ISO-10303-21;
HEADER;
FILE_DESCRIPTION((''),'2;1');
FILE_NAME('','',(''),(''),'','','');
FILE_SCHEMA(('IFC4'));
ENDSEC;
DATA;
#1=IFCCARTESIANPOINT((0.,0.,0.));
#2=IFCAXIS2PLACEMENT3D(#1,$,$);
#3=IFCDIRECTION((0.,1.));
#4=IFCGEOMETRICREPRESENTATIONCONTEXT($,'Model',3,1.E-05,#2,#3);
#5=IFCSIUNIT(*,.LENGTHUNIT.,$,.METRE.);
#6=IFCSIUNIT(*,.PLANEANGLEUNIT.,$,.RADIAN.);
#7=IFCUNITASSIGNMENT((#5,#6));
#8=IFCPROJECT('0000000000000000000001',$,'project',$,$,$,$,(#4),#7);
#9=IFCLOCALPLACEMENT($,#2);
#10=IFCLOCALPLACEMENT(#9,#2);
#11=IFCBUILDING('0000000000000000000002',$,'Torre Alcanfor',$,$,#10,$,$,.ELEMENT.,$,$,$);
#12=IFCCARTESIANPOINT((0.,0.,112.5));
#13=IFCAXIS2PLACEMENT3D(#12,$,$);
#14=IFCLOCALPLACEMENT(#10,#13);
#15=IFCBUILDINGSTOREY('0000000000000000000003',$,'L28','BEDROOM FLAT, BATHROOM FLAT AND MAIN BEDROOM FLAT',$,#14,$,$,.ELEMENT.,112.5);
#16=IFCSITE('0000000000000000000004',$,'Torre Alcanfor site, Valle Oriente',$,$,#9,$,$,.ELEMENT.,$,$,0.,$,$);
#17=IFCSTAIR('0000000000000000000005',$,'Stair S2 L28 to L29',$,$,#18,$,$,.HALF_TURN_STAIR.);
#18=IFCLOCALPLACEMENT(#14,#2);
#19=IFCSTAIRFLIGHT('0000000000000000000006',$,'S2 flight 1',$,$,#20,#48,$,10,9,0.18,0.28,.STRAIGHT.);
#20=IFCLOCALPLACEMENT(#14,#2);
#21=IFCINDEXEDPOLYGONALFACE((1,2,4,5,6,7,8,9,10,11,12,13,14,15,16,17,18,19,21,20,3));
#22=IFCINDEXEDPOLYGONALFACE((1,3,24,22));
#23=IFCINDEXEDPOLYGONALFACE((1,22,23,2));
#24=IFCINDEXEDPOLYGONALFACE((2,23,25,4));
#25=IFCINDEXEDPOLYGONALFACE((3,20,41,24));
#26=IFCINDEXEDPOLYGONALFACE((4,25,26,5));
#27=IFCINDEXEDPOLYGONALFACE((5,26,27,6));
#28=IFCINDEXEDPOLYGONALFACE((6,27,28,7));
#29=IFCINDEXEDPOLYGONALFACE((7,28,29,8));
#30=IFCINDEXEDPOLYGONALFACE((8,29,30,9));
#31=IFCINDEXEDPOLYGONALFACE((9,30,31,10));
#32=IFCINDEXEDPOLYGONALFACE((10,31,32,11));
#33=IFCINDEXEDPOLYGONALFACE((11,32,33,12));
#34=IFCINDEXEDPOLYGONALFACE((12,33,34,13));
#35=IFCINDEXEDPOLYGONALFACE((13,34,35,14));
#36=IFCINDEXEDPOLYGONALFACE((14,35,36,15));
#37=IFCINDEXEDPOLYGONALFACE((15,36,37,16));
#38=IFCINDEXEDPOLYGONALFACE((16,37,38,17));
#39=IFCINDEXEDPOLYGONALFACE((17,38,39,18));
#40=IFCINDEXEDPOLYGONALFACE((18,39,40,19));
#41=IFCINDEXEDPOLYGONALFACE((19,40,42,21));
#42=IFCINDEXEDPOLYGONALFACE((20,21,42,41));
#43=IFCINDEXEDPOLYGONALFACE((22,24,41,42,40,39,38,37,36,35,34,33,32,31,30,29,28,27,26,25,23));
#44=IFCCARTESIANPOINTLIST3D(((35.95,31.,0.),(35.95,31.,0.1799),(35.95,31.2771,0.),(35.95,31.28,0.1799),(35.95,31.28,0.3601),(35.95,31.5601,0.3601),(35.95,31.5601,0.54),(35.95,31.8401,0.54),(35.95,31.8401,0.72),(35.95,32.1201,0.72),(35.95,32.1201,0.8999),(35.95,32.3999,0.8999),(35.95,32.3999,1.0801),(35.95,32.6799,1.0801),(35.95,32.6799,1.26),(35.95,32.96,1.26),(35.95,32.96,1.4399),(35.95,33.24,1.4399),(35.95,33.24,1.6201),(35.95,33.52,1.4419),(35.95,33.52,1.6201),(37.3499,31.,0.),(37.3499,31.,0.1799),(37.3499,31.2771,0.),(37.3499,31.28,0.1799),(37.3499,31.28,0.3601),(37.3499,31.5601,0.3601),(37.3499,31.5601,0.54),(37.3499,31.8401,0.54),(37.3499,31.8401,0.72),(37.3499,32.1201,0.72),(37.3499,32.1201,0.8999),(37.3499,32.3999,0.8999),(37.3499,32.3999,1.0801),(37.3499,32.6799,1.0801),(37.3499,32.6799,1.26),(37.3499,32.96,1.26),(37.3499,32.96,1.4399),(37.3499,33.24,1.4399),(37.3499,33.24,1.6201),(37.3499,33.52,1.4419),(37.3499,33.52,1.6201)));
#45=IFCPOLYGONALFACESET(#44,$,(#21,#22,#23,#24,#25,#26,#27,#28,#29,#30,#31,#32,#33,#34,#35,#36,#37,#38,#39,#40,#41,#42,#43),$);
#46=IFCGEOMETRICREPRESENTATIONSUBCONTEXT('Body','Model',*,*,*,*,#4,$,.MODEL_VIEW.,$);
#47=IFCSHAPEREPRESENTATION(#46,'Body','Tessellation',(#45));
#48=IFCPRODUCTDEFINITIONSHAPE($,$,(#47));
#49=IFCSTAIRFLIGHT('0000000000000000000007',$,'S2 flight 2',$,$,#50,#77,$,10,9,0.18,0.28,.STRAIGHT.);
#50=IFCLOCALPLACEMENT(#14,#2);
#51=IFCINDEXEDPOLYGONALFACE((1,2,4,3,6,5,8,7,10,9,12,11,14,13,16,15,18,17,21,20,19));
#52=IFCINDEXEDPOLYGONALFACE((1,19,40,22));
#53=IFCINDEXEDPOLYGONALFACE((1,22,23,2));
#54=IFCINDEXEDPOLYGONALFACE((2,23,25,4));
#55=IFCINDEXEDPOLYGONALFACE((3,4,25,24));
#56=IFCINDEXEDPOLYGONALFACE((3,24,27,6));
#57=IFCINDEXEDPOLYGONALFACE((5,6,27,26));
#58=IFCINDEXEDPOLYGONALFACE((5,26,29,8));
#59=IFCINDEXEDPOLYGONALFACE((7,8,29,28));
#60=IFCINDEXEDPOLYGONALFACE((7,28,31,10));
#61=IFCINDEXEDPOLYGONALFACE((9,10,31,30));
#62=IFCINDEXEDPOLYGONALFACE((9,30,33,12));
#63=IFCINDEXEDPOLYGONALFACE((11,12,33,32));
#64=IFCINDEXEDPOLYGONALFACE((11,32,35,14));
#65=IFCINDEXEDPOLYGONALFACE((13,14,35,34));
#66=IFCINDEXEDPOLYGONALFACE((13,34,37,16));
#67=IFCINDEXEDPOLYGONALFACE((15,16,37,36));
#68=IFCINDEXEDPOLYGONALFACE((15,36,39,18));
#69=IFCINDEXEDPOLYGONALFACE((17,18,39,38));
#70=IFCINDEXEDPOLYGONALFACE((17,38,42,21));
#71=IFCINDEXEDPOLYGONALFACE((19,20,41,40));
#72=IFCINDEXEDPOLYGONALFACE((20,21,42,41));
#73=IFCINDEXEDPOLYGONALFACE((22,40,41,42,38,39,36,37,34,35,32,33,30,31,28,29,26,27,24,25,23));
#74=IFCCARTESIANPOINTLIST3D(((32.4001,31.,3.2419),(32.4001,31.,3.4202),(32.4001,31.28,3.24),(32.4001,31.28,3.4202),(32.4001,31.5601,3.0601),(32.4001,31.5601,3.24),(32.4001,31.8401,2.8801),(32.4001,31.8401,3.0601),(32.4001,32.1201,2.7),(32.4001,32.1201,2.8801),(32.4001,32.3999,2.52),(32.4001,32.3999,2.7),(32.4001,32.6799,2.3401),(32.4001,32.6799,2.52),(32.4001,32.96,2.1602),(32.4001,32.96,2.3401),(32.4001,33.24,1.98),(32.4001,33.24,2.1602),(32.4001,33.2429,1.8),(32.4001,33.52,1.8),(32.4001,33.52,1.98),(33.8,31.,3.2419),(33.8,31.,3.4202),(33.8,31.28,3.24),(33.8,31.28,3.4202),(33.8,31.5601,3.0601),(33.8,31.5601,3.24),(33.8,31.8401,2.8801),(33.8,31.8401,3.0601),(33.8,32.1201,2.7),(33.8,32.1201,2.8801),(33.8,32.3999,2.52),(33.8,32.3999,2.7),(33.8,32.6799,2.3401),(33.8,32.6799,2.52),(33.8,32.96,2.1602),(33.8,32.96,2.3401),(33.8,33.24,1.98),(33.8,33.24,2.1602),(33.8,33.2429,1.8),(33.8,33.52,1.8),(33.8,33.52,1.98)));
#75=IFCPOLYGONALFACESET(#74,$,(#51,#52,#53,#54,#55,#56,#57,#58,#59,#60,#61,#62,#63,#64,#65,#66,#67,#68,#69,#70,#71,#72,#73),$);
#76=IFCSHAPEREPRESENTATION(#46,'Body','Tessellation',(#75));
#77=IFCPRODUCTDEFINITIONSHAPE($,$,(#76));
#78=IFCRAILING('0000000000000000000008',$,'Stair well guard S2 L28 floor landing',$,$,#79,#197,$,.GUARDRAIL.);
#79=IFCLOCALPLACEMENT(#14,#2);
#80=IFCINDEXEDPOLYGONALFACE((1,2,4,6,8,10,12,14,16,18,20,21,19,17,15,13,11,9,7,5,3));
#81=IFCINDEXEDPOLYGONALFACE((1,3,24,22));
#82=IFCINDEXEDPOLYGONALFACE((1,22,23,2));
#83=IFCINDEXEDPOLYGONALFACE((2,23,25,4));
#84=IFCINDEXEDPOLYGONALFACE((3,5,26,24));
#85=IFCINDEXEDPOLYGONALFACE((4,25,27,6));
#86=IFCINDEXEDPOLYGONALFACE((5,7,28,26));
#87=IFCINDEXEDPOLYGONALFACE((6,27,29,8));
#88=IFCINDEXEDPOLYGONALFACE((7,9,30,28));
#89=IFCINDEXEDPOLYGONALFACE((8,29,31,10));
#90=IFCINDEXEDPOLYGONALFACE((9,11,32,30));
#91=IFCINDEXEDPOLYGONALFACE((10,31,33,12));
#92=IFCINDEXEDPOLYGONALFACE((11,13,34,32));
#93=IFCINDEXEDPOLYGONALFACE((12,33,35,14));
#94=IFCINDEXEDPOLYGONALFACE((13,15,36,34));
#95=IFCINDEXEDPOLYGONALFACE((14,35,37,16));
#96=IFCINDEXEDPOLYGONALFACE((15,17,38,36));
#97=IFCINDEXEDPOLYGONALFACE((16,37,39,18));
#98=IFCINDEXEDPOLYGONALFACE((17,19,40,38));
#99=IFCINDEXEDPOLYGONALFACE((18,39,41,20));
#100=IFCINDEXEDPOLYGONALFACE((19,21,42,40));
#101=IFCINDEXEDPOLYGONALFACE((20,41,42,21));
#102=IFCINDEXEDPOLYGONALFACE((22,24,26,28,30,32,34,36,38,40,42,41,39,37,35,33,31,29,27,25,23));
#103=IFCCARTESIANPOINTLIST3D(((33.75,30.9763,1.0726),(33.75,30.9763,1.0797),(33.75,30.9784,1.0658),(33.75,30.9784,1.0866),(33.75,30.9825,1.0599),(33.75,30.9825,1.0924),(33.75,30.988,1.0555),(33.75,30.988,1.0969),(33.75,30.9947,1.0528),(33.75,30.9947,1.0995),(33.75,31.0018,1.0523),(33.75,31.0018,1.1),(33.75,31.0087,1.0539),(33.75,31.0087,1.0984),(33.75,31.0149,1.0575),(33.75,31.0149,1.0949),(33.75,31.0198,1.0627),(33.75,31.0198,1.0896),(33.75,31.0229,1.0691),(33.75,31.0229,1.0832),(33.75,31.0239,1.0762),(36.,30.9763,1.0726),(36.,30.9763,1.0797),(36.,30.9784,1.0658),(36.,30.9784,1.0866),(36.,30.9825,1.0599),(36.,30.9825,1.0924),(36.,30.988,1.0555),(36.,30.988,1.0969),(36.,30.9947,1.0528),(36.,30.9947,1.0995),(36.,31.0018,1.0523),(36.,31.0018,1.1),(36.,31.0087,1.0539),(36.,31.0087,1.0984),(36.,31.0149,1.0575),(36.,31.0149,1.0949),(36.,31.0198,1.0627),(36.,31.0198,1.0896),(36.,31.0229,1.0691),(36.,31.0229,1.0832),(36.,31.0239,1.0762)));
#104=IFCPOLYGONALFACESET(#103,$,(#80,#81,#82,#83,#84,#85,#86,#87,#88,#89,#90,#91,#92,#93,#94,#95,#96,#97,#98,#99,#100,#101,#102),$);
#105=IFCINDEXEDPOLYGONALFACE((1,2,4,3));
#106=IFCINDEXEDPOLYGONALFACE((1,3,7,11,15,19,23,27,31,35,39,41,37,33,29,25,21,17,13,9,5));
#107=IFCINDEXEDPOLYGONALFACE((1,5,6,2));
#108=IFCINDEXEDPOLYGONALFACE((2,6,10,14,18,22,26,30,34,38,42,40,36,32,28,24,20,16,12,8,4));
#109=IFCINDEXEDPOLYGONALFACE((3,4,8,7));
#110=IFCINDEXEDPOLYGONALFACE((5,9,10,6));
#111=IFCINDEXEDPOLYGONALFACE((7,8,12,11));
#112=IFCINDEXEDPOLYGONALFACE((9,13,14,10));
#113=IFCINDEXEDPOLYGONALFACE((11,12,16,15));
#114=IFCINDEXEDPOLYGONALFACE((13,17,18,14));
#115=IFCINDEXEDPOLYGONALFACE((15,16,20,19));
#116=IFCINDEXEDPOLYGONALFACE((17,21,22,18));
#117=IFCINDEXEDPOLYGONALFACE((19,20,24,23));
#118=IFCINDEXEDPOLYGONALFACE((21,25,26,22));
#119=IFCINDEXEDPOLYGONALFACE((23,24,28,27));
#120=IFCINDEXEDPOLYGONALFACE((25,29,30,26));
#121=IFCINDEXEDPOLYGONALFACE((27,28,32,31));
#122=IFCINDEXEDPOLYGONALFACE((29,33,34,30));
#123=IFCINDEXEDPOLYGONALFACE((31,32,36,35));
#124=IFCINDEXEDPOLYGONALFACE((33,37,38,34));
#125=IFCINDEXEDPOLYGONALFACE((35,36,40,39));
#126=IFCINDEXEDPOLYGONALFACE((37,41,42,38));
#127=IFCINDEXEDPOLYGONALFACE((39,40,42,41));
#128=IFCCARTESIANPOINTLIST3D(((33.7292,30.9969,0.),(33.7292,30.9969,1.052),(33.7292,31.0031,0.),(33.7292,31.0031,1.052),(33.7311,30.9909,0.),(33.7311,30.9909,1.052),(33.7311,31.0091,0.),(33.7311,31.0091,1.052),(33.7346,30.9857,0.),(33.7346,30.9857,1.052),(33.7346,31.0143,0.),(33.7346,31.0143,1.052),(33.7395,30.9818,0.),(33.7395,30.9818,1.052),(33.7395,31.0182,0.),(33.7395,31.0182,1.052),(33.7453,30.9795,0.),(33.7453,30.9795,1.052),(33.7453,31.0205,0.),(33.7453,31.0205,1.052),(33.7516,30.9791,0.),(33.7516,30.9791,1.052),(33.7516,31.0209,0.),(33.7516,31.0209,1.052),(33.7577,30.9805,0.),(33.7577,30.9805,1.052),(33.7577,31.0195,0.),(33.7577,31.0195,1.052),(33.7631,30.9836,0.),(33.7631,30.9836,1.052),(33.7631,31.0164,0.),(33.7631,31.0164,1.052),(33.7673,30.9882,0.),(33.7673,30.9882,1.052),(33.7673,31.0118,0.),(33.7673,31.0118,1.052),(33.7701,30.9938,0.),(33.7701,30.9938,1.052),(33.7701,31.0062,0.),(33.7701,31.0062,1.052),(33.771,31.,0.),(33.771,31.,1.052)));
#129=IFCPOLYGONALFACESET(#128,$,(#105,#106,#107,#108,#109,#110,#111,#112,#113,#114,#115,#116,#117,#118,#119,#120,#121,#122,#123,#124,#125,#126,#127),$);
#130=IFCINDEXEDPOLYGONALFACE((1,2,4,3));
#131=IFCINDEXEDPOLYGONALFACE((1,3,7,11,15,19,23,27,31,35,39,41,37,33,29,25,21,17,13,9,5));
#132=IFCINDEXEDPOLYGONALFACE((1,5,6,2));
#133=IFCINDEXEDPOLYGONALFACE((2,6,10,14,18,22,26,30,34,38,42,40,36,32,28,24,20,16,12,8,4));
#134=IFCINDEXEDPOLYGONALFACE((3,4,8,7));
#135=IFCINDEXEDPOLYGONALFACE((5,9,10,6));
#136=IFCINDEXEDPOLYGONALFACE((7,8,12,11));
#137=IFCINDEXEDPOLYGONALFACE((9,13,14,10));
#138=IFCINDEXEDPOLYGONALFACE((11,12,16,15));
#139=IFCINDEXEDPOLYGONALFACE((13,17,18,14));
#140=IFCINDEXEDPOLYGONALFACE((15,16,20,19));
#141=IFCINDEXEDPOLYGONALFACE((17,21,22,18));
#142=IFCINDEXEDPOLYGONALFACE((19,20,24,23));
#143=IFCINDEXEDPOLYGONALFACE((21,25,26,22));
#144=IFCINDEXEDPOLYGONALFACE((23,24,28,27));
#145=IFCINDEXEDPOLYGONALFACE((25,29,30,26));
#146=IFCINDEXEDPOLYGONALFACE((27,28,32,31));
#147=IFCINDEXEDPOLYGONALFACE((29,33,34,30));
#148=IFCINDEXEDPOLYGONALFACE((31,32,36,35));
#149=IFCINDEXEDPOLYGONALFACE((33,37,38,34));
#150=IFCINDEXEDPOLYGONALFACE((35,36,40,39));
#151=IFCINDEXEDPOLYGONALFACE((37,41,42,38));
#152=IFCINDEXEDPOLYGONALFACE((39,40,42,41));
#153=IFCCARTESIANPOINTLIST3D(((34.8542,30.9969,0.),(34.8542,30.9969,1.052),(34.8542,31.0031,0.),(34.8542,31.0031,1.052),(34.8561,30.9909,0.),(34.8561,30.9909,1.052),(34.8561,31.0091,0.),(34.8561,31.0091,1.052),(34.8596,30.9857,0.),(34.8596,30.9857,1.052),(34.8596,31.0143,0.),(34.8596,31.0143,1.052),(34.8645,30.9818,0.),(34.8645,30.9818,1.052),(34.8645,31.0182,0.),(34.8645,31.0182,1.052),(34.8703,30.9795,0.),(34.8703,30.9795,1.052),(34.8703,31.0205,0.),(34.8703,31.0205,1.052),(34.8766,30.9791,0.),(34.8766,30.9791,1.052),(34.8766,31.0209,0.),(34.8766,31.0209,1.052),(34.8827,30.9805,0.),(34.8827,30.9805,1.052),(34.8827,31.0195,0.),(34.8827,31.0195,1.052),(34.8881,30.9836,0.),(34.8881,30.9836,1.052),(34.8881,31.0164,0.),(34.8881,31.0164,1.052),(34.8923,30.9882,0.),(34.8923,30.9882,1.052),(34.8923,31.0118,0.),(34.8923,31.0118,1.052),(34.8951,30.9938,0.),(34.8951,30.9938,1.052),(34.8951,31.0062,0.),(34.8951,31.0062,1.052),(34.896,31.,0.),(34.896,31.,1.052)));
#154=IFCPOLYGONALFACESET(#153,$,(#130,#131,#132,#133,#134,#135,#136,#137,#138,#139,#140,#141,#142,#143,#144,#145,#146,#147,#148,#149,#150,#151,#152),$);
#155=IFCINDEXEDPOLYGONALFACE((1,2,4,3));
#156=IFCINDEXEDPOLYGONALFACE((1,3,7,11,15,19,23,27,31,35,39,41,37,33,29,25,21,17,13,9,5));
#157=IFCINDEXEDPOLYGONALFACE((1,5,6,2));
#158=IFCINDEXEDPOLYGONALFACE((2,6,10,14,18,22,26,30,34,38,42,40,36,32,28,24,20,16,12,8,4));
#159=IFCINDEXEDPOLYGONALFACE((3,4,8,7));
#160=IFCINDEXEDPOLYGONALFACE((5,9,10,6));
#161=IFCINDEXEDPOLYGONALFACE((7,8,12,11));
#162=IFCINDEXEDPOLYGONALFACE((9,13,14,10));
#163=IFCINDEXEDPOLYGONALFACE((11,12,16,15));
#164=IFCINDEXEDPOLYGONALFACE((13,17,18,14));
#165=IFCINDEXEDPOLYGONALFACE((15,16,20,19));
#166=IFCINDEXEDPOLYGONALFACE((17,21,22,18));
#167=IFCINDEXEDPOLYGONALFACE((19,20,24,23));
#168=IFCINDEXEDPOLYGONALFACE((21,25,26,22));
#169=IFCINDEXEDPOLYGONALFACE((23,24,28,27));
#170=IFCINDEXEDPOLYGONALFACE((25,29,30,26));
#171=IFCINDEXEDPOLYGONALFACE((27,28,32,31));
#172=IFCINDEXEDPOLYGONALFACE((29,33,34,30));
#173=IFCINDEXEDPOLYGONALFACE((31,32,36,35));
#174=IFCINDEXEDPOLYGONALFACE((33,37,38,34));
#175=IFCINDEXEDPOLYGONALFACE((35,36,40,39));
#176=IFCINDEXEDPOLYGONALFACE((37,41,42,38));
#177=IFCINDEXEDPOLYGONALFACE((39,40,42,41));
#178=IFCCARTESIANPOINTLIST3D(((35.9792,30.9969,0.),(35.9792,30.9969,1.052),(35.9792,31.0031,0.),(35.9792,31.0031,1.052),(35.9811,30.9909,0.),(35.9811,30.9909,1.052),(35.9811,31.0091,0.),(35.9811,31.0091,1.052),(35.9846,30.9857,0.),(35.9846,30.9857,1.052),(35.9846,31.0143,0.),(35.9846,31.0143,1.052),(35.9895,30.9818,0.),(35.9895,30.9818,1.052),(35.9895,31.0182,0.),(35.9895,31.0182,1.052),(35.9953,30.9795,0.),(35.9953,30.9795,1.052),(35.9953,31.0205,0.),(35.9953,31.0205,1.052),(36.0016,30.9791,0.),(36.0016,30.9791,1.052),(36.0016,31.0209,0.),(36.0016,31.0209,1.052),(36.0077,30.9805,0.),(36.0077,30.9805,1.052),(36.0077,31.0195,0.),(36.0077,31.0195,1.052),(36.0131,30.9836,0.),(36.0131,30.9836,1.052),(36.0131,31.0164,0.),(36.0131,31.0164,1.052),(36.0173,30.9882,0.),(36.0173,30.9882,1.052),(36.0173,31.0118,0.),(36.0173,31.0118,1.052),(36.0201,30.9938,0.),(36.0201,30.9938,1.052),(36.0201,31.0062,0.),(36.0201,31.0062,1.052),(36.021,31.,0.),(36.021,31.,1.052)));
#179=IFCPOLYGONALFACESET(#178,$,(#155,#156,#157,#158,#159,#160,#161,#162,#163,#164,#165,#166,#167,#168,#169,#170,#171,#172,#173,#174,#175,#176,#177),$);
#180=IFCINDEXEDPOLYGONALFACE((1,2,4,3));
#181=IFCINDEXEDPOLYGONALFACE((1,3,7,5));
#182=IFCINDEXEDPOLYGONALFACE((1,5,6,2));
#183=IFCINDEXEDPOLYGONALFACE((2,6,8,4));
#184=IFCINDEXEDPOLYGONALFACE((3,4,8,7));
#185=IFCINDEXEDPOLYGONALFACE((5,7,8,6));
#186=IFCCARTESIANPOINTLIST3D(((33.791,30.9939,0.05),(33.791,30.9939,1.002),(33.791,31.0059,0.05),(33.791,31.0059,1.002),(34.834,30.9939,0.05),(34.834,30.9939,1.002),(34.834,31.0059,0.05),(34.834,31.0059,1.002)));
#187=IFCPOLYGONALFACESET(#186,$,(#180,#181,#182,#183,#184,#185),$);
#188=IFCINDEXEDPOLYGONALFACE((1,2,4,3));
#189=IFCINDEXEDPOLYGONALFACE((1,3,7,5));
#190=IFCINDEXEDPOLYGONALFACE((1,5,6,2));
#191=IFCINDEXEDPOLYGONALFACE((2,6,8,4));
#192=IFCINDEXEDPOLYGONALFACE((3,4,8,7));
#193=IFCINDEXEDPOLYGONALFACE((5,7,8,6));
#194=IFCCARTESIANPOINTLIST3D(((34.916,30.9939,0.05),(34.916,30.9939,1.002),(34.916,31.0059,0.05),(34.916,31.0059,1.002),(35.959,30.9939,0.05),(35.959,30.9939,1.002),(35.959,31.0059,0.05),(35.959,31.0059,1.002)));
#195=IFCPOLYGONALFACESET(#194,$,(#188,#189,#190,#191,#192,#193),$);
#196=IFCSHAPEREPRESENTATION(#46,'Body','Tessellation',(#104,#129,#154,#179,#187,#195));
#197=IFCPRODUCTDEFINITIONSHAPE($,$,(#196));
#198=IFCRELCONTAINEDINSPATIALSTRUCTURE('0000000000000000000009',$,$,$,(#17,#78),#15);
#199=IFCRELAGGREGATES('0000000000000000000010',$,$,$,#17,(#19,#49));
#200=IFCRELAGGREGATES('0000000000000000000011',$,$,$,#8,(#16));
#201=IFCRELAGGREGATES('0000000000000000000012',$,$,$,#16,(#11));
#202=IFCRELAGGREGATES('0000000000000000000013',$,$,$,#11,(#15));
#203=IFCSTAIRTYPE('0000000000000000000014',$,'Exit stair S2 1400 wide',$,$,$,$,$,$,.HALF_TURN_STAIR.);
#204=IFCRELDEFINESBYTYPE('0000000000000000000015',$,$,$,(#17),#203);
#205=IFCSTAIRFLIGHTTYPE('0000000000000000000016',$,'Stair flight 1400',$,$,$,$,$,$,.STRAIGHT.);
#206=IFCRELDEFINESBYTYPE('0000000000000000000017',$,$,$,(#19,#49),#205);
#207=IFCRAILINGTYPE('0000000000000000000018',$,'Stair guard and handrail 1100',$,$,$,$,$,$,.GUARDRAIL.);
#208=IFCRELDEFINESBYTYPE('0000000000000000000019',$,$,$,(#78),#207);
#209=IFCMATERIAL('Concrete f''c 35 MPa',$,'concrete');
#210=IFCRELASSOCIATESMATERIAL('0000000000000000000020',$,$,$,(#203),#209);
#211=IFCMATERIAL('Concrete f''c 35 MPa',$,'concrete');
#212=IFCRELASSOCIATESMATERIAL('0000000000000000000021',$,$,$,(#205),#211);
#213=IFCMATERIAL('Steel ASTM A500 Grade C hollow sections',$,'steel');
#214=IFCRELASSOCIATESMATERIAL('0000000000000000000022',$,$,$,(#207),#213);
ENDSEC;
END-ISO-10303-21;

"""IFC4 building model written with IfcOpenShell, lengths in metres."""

from ifc_helpers import new_model, si_unit, direction, frame, origin, origin_2d, place, context, subcontext, project, spatial, polyline, circle, outline, extrude, material, type_object, element, aggregate, save


model = new_model("IFC4")

# Units and contexts
model_context = context("Model", 3, precision=1e-05, world=origin(), true_north=direction((0.0, 1.0)))
body_context = subcontext(model_context, "Body", "Model", "MODEL_VIEW")
ifc_project = project(units=[si_unit("LENGTHUNIT", "METRE"), si_unit("PLANEANGLEUNIT", "RADIAN")], contexts=[model_context])

# Site, building, storey
site_placement = place(None, origin())
site = spatial("IfcSite", under=ifc_project, at=site_placement, Name="Torre Alcanfor site, Valle Oriente", CompositionType="ELEMENT", RefElevation=0.0)
building_placement = place(site_placement, origin())
building = spatial("IfcBuilding", under=site, at=building_placement, Name="Torre Alcanfor", CompositionType="ELEMENT")
storey_placement = place(building_placement, frame((0.0, 0.0, 112.5)))
storey = spatial("IfcBuildingStorey", under=building, at=storey_placement, Name="L28", Description="BEDROOM FLAT, BATHROOM FLAT AND MAIN BEDROOM FLAT", CompositionType="ELEMENT", Elevation=112.5)

# Stair, stair flights
ifc_material_1 = material(Name="Concrete f'c 35 MPa", Category="concrete")
stair_type = type_object("IfcStairType", Name="Exit stair S2 1400 wide", PredefinedType="HALF_TURN_STAIR", material=ifc_material_1)
stair_placement = place(storey_placement, origin())
stair = element("IfcStair", 1, at=stair_placement, inside=storey, type_object=stair_type, Name="Stair S2 L28 to L29", PredefinedType="HALF_TURN_STAIR")
ifc_material_2 = material(Name="Concrete f'c 35 MPa", Category="concrete")
stair_flight_type = type_object("IfcStairFlightType", Name="Stair flight 1400", PredefinedType="STRAIGHT", material=ifc_material_2)
stair_flight_1_placement = place(storey_placement, frame((36.6499, 31.0, 0.0), z_axis=(0.0, 0.0, 1.0), x_axis=(0.0, 1.0, 0.0)))
stair_flight_1 = element("IfcStairFlight", 2, at=stair_flight_1_placement, type_object=stair_flight_type, Name="S2 flight 1", NumberOfRisers=10, NumberOfTreads=9, PredefinedType="STRAIGHT", RiserHeight=0.18, TreadLength=0.28, context=body_context, shape_type="SweptSolid", body=[
    extrude(outline(polyline([(0.0, 0.0), (0.0, 0.1799), (0.28, 0.1799), (0.28, 0.3601), (0.5601, 0.3601), (0.5601, 0.54), (0.8401, 0.54), (0.8401, 0.72), (1.1201, 0.72), (1.1201, 0.8999), (1.3999, 0.8999), (1.3999, 1.0801), (1.6799, 1.0801), (1.6799, 1.26), (1.96, 1.26), (1.96, 1.4399), (2.24, 1.4399), (2.24, 1.6201), (2.52, 1.6201), (2.52, 1.8), (2.52, 1.4419), (0.2771, 0.0), (0.0, 0.0)])), frame((0.0, 0.7, 0.0), z_axis=(0.0, -1.0, 0.0), x_axis=(1.0, 0.0, 0.0)), (0.0, 0.0, 1.0), 1.3999),
])
stair_flight_2_placement = place(storey_placement, frame((33.1001, 33.52, 1.8), z_axis=(0.0, 0.0, 1.0), x_axis=(0.0, -1.0, 0.0)))
stair_flight_2 = element("IfcStairFlight", 3, at=stair_flight_2_placement, type_object=stair_flight_type, Name="S2 flight 2", NumberOfRisers=10, NumberOfTreads=9, PredefinedType="STRAIGHT", RiserHeight=0.18, TreadLength=0.28, context=body_context, shape_type="SweptSolid", body=[
    extrude(outline(polyline([(0.0, 0.0), (0.0, 0.1799), (0.28, 0.1799), (0.28, 0.3601), (0.5601, 0.3601), (0.5601, 0.54), (0.8401, 0.54), (0.8401, 0.72), (1.1201, 0.72), (1.1201, 0.8999), (1.3999, 0.8999), (1.3999, 1.0801), (1.6799, 1.0801), (1.6799, 1.26), (1.96, 1.26), (1.96, 1.4399), (2.24, 1.4399), (2.24, 1.6201), (2.52, 1.6201), (2.52, 1.8), (2.52, 1.4419), (0.2771, 0.0), (0.0, 0.0)])), frame((0.0, 0.7, 0.0), z_axis=(0.0, -1.0, 0.0), x_axis=(1.0, 0.0, 0.0)), (0.0, 0.0, 1.0), 1.3999),
])
aggregate(stair, [stair_flight_1, stair_flight_2])

# Railing
ifc_material_3 = material(Name="Steel ASTM A500 Grade C hollow sections", Category="steel")
railing_type_1 = type_object("IfcRailingType", Name="Stair guard and handrail 1100", PredefinedType="GUARDRAIL", material=ifc_material_3)
for number, where, name in (
    (4, (33.75, 31.0, 0.0), "Stair well guard S2 L28 floor landing"),
):
    element("IfcRailing", number, at=place(storey_placement, frame(where)), inside=storey, type_object=railing_type_1, Name=name, PredefinedType="GUARDRAIL", context=body_context, shape_type="SweptSolid", body=[
        extrude(circle(Radius=0.0239, at=origin_2d()), frame((0.0, 0.0, 1.0762), z_axis=(1.0, 0.0, 0.0), x_axis=(0.0, 1.0, 0.0)), (0.0, 0.0, 1.0), 2.25),
        extrude(circle(Radius=0.021, at=origin_2d()), origin(), (0.0, 0.0, 1.0), 1.052),
        extrude(circle(Radius=0.021, at=origin_2d()), frame((1.125, 0.0, 0.0)), (0.0, 0.0, 1.0), 1.052),
        extrude(circle(Radius=0.021, at=origin_2d()), frame((2.25, 0.0, 0.0)), (0.0, 0.0, 1.0), 1.052),
        extrude(outline(polyline([(0.041, 0.05), (1.084, 0.05), (1.084, 1.002), (0.041, 1.002), (0.041, 0.05)])), frame((0.0, 0.0059, 0.0), z_axis=(0.0, -1.0, 0.0), x_axis=(1.0, 0.0, 0.0)), (0.0, 0.0, 1.0), 0.012),
        extrude(outline(polyline([(1.166, 0.05), (2.209, 0.05), (2.209, 1.002), (1.166, 1.002), (1.166, 0.05)])), frame((0.0, 0.0059, 0.0), z_axis=(0.0, -1.0, 0.0), x_axis=(1.0, 0.0, 0.0)), (0.0, 0.0, 1.0), 0.012),
    ])

save(model, "model.ifc")
